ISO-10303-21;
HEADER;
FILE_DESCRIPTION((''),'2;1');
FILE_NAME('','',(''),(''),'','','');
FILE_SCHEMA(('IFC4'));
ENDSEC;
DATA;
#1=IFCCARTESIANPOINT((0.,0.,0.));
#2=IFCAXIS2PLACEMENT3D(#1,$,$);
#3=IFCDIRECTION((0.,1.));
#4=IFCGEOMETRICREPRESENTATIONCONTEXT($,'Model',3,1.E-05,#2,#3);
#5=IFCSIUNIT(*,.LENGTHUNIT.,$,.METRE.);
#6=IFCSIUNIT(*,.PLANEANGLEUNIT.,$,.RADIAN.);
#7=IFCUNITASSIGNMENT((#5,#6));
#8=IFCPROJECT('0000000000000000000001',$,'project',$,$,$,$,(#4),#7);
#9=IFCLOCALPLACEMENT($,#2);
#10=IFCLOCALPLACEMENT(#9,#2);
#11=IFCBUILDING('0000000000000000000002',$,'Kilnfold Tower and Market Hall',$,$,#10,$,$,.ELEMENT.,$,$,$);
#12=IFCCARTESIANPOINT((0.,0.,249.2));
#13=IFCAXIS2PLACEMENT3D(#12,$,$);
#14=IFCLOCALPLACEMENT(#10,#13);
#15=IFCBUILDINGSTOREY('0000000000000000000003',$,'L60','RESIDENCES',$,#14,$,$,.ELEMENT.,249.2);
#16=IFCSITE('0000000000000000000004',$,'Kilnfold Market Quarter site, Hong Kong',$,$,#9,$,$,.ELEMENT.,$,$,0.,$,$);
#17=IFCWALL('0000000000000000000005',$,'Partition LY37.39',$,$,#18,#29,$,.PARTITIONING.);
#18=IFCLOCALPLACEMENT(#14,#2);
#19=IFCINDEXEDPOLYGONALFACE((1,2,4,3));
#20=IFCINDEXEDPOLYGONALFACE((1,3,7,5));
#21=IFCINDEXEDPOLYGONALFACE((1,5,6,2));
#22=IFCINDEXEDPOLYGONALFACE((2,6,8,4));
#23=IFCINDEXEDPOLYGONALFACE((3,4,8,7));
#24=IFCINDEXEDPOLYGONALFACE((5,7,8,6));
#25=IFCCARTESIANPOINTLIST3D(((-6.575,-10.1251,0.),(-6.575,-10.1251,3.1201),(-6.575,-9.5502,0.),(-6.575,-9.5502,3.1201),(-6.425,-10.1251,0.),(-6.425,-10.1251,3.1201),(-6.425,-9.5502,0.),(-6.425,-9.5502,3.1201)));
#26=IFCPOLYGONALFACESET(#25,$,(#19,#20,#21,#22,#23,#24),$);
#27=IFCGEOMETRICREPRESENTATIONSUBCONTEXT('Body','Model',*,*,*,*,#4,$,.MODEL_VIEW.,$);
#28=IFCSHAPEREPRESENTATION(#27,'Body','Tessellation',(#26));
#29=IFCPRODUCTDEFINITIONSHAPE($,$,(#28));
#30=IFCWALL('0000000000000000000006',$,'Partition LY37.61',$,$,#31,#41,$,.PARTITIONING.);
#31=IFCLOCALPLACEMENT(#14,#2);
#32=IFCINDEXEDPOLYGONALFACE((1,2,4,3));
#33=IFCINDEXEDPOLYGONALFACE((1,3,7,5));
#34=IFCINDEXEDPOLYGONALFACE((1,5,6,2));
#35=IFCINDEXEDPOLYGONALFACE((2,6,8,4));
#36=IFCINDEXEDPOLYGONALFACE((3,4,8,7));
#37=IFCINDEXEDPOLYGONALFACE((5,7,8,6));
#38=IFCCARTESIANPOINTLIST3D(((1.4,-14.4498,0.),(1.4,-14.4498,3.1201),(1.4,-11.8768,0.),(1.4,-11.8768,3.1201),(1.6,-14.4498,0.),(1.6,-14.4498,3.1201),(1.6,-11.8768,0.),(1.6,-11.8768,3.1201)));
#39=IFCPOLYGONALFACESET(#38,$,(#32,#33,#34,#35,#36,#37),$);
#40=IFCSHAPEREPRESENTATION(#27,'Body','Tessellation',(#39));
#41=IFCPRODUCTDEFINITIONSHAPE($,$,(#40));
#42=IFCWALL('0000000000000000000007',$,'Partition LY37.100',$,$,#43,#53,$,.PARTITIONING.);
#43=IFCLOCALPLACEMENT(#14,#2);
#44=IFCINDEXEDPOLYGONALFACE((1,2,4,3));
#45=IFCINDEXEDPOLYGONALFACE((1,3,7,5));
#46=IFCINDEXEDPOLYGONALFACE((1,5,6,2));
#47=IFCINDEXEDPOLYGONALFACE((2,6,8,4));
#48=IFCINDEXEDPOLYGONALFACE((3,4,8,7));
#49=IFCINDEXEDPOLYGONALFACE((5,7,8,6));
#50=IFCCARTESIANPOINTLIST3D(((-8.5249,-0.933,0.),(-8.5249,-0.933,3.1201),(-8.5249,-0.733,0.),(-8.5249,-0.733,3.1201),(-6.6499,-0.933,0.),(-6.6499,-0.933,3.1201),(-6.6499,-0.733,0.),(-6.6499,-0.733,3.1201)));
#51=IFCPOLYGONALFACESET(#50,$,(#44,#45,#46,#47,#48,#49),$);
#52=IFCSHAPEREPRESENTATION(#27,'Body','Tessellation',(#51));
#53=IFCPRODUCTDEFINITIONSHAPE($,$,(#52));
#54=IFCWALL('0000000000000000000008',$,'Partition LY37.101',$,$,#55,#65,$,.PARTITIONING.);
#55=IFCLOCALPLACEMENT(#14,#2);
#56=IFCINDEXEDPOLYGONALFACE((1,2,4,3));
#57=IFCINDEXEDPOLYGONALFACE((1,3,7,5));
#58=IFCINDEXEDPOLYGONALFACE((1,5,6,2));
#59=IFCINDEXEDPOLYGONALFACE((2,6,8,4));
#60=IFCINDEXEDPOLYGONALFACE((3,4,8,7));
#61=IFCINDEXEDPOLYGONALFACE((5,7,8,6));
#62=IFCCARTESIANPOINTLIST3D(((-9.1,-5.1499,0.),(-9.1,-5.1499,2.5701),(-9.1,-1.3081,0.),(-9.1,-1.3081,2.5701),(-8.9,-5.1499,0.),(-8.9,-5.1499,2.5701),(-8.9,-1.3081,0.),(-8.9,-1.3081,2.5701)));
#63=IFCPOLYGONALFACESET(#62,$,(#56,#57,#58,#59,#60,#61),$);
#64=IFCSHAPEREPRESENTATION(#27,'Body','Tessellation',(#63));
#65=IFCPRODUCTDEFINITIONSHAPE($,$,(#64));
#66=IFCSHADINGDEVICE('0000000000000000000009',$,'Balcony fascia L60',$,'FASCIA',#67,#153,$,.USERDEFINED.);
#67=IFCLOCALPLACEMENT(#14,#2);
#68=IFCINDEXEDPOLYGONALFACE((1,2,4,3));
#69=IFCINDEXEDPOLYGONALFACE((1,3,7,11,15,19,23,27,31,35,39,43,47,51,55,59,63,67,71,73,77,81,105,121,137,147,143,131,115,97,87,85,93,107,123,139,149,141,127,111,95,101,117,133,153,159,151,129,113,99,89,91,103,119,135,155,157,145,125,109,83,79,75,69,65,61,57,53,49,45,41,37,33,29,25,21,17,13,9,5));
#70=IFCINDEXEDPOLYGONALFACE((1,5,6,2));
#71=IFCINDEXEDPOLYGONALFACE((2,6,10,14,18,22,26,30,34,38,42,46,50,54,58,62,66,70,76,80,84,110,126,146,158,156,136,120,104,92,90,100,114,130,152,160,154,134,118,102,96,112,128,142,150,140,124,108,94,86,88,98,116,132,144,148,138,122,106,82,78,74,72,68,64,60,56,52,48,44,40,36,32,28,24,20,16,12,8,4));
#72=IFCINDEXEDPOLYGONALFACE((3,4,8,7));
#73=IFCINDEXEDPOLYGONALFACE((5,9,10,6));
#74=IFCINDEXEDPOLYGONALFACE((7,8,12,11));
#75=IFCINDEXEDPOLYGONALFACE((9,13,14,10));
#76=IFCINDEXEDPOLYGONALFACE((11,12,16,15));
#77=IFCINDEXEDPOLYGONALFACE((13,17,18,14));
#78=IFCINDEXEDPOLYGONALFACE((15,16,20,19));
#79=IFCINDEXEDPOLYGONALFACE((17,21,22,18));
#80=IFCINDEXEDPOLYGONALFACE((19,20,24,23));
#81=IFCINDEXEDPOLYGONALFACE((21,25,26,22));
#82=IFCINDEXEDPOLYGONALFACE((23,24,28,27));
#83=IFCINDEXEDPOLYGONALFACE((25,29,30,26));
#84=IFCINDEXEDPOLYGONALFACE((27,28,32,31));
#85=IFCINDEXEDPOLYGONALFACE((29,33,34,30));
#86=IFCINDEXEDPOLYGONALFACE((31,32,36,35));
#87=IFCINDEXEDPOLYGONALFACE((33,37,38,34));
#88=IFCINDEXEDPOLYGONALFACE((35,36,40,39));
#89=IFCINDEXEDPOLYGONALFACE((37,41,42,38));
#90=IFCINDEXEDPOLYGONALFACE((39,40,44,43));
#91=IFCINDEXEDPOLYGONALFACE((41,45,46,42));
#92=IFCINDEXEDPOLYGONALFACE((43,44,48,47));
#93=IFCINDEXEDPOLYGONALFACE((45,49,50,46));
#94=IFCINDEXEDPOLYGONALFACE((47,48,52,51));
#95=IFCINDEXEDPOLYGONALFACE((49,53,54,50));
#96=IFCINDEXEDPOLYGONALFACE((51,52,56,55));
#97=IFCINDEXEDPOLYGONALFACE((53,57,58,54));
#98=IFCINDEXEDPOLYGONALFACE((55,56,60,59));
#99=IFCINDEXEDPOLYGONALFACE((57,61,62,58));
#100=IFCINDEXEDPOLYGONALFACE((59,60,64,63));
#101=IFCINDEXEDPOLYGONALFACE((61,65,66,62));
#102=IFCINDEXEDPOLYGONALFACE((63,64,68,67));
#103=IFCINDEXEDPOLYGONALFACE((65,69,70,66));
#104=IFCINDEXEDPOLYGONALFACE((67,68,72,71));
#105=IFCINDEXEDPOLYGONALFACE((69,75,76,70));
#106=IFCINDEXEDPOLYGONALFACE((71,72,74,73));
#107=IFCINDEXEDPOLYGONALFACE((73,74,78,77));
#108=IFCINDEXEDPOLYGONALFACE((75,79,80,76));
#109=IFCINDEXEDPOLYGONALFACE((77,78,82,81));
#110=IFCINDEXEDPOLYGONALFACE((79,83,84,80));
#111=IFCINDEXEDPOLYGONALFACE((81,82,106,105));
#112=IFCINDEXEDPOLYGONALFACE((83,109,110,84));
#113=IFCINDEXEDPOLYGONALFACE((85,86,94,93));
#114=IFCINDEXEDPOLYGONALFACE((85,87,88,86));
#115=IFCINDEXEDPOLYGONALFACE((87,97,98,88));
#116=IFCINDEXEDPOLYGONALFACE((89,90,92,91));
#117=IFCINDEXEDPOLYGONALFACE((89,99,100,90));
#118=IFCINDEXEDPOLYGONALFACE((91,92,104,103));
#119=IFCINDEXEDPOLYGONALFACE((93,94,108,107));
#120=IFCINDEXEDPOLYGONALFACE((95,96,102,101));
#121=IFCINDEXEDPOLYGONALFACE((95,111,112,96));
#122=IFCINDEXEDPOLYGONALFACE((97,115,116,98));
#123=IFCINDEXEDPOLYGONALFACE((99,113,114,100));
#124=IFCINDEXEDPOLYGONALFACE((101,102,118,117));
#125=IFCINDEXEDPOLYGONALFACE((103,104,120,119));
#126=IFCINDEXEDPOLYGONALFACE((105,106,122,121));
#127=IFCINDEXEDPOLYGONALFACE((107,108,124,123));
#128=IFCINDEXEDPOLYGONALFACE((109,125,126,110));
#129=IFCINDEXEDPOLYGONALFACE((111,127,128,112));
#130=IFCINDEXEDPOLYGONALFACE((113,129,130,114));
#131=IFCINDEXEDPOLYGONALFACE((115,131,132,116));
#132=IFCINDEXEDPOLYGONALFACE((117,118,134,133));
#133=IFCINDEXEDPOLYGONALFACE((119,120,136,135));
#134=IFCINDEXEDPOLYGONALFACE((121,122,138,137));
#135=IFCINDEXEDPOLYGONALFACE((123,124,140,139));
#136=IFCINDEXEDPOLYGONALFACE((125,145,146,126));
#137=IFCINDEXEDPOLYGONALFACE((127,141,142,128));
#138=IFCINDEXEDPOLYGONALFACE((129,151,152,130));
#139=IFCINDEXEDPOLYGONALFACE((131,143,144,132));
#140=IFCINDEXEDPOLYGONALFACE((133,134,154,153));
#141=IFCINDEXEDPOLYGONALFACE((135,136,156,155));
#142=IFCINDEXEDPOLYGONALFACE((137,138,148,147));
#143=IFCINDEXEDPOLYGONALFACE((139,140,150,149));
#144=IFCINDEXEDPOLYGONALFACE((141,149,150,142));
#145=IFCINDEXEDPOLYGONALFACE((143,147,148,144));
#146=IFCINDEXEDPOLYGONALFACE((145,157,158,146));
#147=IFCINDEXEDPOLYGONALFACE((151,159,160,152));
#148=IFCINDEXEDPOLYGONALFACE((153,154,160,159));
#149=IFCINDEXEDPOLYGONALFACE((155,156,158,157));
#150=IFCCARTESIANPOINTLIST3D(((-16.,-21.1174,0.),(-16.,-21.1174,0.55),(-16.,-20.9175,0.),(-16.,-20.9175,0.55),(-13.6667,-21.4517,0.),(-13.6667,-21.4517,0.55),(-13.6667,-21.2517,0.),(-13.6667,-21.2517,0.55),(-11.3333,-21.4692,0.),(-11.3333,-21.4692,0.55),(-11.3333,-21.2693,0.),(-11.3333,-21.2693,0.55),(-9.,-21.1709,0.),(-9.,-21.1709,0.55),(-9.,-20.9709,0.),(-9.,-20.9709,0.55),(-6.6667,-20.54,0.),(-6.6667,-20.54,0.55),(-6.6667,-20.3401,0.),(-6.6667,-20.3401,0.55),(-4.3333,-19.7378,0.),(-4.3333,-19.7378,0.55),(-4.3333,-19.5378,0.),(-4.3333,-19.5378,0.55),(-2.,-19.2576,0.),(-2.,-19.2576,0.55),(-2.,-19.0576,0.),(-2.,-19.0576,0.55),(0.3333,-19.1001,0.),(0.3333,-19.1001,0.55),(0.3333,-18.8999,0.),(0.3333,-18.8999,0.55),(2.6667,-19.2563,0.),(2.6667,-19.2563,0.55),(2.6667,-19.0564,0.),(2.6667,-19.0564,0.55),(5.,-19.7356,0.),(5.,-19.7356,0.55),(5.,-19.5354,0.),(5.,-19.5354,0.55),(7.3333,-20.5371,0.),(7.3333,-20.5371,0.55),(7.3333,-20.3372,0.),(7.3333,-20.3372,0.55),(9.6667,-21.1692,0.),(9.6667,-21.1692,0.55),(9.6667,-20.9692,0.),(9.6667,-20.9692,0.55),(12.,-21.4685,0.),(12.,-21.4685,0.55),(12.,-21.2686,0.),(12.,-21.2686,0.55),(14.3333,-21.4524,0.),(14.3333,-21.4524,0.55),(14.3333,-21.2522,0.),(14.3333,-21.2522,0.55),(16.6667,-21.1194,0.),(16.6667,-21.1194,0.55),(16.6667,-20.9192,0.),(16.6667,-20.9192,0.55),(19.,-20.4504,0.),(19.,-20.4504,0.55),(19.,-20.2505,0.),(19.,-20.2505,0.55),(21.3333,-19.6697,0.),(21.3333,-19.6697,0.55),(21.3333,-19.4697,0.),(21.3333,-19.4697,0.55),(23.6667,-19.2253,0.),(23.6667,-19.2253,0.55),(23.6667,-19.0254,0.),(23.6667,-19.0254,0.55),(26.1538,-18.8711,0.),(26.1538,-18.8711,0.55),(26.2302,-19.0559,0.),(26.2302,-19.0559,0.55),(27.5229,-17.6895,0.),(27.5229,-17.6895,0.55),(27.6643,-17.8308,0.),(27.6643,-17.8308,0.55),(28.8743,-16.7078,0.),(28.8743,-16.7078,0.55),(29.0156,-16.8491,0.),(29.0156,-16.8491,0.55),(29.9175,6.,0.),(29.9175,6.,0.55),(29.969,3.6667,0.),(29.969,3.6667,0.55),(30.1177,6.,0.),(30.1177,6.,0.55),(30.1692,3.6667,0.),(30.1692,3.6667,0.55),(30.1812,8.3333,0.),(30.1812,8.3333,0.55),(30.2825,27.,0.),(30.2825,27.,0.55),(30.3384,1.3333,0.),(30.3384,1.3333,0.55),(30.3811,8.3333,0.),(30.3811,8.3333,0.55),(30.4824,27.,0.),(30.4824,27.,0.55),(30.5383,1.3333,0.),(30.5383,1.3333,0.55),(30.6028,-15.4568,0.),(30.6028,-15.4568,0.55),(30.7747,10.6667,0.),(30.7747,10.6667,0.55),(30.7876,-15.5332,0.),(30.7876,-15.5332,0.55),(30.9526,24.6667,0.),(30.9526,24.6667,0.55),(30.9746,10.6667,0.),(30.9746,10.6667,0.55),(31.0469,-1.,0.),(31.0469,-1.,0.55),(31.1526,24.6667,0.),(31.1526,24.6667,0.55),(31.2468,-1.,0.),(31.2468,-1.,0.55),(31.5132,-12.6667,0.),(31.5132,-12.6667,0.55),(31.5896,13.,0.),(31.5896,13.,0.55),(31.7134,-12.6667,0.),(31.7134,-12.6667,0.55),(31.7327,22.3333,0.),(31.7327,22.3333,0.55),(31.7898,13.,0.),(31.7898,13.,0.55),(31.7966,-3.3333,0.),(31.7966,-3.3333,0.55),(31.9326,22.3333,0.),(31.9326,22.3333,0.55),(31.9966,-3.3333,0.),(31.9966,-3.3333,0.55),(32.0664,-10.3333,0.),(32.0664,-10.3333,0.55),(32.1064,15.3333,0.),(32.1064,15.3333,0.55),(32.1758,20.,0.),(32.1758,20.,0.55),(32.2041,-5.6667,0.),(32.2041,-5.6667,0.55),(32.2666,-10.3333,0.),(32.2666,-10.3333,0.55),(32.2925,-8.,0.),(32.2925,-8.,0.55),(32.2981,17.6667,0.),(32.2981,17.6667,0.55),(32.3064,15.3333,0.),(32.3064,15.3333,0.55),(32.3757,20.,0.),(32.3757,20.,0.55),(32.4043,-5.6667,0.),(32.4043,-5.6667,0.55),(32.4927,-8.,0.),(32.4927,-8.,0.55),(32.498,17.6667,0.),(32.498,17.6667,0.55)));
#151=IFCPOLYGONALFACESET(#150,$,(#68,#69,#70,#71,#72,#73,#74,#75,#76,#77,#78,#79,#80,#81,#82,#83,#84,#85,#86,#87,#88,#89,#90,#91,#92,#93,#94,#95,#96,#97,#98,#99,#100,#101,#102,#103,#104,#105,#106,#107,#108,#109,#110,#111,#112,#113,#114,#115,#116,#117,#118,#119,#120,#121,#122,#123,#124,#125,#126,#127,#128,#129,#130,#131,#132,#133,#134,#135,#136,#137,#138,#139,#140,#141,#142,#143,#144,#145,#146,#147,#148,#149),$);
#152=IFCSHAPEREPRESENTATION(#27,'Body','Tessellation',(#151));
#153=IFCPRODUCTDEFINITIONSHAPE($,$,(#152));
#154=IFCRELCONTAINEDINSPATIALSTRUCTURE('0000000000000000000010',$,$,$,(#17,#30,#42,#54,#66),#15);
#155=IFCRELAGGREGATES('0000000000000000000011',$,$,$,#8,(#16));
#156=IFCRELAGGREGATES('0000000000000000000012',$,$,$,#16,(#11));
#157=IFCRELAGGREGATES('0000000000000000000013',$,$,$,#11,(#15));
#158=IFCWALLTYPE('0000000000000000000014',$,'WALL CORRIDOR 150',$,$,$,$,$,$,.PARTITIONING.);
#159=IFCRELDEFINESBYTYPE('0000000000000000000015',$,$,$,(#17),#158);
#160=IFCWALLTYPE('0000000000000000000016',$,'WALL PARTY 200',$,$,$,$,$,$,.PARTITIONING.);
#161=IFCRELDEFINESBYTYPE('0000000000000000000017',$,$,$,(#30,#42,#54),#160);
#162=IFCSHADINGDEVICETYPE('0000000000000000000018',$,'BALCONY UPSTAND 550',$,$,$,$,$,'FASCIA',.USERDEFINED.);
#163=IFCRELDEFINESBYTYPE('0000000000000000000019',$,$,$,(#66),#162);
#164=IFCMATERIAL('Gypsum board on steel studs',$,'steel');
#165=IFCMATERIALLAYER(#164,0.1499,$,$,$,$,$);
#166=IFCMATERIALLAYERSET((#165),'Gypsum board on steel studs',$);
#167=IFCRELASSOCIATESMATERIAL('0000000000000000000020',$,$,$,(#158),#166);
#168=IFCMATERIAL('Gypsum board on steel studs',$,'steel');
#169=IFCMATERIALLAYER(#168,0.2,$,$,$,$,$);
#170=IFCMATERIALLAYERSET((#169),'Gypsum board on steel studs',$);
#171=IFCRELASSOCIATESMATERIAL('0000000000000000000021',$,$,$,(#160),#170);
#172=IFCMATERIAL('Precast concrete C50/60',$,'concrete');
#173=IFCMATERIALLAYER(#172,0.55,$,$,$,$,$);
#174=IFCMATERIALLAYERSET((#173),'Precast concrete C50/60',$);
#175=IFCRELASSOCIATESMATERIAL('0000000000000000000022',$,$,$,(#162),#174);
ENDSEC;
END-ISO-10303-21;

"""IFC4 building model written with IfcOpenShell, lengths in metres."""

from ifc_helpers import new_model, si_unit, direction, frame, frame_2d, origin, place, context, subcontext, project, spatial, polyline, rectangle, outline, extrude, source, transform, mapped, material, layer, layer_set, type_object, element, save


model = new_model("IFC4")

# Units and contexts
model_context = context("Model", 3, precision=1e-05, world=origin(), true_north=direction((0.0, 1.0)))
body_context = subcontext(model_context, "Body", "Model", "MODEL_VIEW")
ifc_project = project(units=[si_unit("LENGTHUNIT", "METRE"), si_unit("PLANEANGLEUNIT", "RADIAN")], contexts=[model_context])

# Site, building, storey
site_placement = place(None, origin())
site = spatial("IfcSite", under=ifc_project, at=site_placement, Name="Kilnfold Market Quarter site, Hong Kong", CompositionType="ELEMENT", RefElevation=0.0)
building_placement = place(site_placement, origin())
building = spatial("IfcBuilding", under=site, at=building_placement, Name="Kilnfold Tower and Market Hall", CompositionType="ELEMENT")
storey_placement = place(building_placement, frame((0.0, 0.0, 249.2)))
storey = spatial("IfcBuildingStorey", under=building, at=storey_placement, Name="L60", Description="RESIDENCES", CompositionType="ELEMENT", Elevation=249.2)

# Walls
ifc_material_1 = material(Name="Gypsum board on steel studs", Category="steel")
ifc_layer_1 = layer(ifc_material_1, 0.1499)
ifc_layer_set_1 = layer_set([ifc_layer_1], Name="Gypsum board on steel studs")
wall_type_1 = type_object("IfcWallType", Name="WALL CORRIDOR 150", PredefinedType="PARTITIONING", material=ifc_layer_set_1)
wall_1_placement = place(storey_placement, frame((-6.5, -9.55, 0.0), z_axis=(0.0, 0.0, 1.0), x_axis=(0.0, -1.0, 0.0)))
element("IfcWall", 1, at=wall_1_placement, inside=storey, type_object=wall_type_1, Name="Partition LY37.39", PredefinedType="PARTITIONING", context=body_context, shape_type="SweptSolid", body=[
    extrude(rectangle(XDim=0.575, YDim=0.1499, at=frame_2d((0.2876, 0.0))), origin(), (0.0, 0.0, 1.0), 3.1201),
])
ifc_material_2 = material(Name="Gypsum board on steel studs", Category="steel")
ifc_layer_2 = layer(ifc_material_2, 0.2)
ifc_layer_set_2 = layer_set([ifc_layer_2], Name="Gypsum board on steel studs")
wall_type_2 = type_object("IfcWallType", Name="WALL PARTY 200", PredefinedType="PARTITIONING", material=ifc_layer_set_2)
wall_2_placement = place(storey_placement, frame((1.5, -14.45, 0.0), z_axis=(0.0, 0.0, 1.0), x_axis=(0.0, 1.0, 0.0)))
element("IfcWall", 2, at=wall_2_placement, inside=storey, type_object=wall_type_2, Name="Partition LY37.61", PredefinedType="PARTITIONING", context=body_context, shape_type="SweptSolid", body=[
    extrude(rectangle(XDim=2.573, YDim=0.2, at=frame_2d((1.2866, 0.0))), origin(), (0.0, 0.0, 1.0), 3.1201),
])
wall_3_placement = place(storey_placement, frame((-8.5249, -0.833, 0.0), z_axis=(0.0, 0.0, 1.0), x_axis=(1.0, 0.0, 0.0)))
element("IfcWall", 3, at=wall_3_placement, inside=storey, type_object=wall_type_2, Name="Partition LY37.100", PredefinedType="PARTITIONING", context=body_context, shape_type="SweptSolid", body=[
    extrude(rectangle(XDim=1.875, YDim=0.2, at=frame_2d((0.9375, 0.0))), origin(), (0.0, 0.0, 1.0), 3.1201),
])
wall_4_placement = place(storey_placement, frame((-9.0, -5.1499, 0.0), z_axis=(0.0, 0.0, 1.0), x_axis=(0.0, 1.0, 0.0)))
element("IfcWall", 4, at=wall_4_placement, inside=storey, type_object=wall_type_2, Name="Partition LY37.101", PredefinedType="PARTITIONING", context=body_context, shape_type="SweptSolid", body=[
    extrude(rectangle(XDim=3.8418, YDim=0.2, at=frame_2d((1.9209, 0.0))), origin(), (0.0, 0.0, 1.0), 2.5701),
])

# Shading device
ifc_material_3 = material(Name="Precast concrete C50/60", Category="concrete")
ifc_layer_3 = layer(ifc_material_3, 0.55)
ifc_layer_set_3 = layer_set([ifc_layer_3], Name="Precast concrete C50/60")
shading_device_type_1 = type_object("IfcShadingDeviceType", Name="BALCONY UPSTAND 550", ElementType="FASCIA", PredefinedType="USERDEFINED", material=ifc_layer_set_3)
shared_shape_1 = source(origin(), body_context, "Body", "SweptSolid", [
    extrude(outline(polyline([(-16.0, -21.1174), (-13.6667, -21.4517), (-11.3333, -21.4692), (-9.0, -21.1709), (-6.6667, -20.54), (-4.3333, -19.7378), (-2.0, -19.2576), (0.3333, -19.1001), (2.6667, -19.2563), (5.0, -19.7356), (7.3333, -20.5371), (9.6667, -21.1692), (12.0, -21.4685), (14.3333, -21.4524), (16.6667, -21.1194), (19.0, -20.4504), (21.3333, -19.6697), (23.6667, -19.2253), (26.2302, -19.0559), (27.6643, -17.8308), (29.0156, -16.8491), (30.7876, -15.5332), (31.7134, -12.6667), (32.2666, -10.3333), (32.4927, -8.0), (32.4043, -5.6667), (31.9966, -3.3333), (31.2468, -1.0), (30.5383, 1.3333), (30.1692, 3.6667), (30.1177, 6.0), (30.3811, 8.3333), (30.9746, 10.6667), (31.7898, 13.0), (32.3064, 15.3333), (32.498, 17.6667), (32.3757, 20.0), (31.9326, 22.3333), (31.1526, 24.6667), (30.4824, 27.0), (30.2825, 27.0), (30.9526, 24.6667), (31.7327, 22.3333), (32.1758, 20.0), (32.2981, 17.6667), (32.1064, 15.3333), (31.5896, 13.0), (30.7747, 10.6667), (30.1812, 8.3333), (29.9175, 6.0), (29.969, 3.6667), (30.3384, 1.3333), (31.0469, -1.0), (31.7966, -3.3333), (32.2041, -5.6667), (32.2925, -8.0), (32.0664, -10.3333), (31.5132, -12.6667), (30.6028, -15.4568), (28.8743, -16.7078), (27.5229, -17.6895), (26.1538, -18.8711), (23.6667, -19.0254), (21.3333, -19.4697), (19.0, -20.2505), (16.6667, -20.9192), (14.3333, -21.2522), (12.0, -21.2686), (9.6667, -20.9692), (7.3333, -20.3372), (5.0, -19.5354), (2.6667, -19.0564), (0.3333, -18.8999), (-2.0, -19.0576), (-4.3333, -19.5378), (-6.6667, -20.3401), (-9.0, -20.9709), (-11.3333, -21.2693), (-13.6667, -21.2517), (-16.0, -20.9175), (-16.0, -21.1174)])), origin(), (0.0, 0.0, 1.0), 0.55),
])
shading_device_1_placement = place(storey_placement, origin())
element("IfcShadingDevice", 5, at=shading_device_1_placement, inside=storey, type_object=shading_device_type_1, Name="Balcony fascia L60", ObjectType="FASCIA", PredefinedType="USERDEFINED", context=body_context, shape_type="MappedRepresentation", body=[
    mapped(shared_shape_1, transform((0.0, 0.0, 0.0))),
])

save(model, "model.ifc")
